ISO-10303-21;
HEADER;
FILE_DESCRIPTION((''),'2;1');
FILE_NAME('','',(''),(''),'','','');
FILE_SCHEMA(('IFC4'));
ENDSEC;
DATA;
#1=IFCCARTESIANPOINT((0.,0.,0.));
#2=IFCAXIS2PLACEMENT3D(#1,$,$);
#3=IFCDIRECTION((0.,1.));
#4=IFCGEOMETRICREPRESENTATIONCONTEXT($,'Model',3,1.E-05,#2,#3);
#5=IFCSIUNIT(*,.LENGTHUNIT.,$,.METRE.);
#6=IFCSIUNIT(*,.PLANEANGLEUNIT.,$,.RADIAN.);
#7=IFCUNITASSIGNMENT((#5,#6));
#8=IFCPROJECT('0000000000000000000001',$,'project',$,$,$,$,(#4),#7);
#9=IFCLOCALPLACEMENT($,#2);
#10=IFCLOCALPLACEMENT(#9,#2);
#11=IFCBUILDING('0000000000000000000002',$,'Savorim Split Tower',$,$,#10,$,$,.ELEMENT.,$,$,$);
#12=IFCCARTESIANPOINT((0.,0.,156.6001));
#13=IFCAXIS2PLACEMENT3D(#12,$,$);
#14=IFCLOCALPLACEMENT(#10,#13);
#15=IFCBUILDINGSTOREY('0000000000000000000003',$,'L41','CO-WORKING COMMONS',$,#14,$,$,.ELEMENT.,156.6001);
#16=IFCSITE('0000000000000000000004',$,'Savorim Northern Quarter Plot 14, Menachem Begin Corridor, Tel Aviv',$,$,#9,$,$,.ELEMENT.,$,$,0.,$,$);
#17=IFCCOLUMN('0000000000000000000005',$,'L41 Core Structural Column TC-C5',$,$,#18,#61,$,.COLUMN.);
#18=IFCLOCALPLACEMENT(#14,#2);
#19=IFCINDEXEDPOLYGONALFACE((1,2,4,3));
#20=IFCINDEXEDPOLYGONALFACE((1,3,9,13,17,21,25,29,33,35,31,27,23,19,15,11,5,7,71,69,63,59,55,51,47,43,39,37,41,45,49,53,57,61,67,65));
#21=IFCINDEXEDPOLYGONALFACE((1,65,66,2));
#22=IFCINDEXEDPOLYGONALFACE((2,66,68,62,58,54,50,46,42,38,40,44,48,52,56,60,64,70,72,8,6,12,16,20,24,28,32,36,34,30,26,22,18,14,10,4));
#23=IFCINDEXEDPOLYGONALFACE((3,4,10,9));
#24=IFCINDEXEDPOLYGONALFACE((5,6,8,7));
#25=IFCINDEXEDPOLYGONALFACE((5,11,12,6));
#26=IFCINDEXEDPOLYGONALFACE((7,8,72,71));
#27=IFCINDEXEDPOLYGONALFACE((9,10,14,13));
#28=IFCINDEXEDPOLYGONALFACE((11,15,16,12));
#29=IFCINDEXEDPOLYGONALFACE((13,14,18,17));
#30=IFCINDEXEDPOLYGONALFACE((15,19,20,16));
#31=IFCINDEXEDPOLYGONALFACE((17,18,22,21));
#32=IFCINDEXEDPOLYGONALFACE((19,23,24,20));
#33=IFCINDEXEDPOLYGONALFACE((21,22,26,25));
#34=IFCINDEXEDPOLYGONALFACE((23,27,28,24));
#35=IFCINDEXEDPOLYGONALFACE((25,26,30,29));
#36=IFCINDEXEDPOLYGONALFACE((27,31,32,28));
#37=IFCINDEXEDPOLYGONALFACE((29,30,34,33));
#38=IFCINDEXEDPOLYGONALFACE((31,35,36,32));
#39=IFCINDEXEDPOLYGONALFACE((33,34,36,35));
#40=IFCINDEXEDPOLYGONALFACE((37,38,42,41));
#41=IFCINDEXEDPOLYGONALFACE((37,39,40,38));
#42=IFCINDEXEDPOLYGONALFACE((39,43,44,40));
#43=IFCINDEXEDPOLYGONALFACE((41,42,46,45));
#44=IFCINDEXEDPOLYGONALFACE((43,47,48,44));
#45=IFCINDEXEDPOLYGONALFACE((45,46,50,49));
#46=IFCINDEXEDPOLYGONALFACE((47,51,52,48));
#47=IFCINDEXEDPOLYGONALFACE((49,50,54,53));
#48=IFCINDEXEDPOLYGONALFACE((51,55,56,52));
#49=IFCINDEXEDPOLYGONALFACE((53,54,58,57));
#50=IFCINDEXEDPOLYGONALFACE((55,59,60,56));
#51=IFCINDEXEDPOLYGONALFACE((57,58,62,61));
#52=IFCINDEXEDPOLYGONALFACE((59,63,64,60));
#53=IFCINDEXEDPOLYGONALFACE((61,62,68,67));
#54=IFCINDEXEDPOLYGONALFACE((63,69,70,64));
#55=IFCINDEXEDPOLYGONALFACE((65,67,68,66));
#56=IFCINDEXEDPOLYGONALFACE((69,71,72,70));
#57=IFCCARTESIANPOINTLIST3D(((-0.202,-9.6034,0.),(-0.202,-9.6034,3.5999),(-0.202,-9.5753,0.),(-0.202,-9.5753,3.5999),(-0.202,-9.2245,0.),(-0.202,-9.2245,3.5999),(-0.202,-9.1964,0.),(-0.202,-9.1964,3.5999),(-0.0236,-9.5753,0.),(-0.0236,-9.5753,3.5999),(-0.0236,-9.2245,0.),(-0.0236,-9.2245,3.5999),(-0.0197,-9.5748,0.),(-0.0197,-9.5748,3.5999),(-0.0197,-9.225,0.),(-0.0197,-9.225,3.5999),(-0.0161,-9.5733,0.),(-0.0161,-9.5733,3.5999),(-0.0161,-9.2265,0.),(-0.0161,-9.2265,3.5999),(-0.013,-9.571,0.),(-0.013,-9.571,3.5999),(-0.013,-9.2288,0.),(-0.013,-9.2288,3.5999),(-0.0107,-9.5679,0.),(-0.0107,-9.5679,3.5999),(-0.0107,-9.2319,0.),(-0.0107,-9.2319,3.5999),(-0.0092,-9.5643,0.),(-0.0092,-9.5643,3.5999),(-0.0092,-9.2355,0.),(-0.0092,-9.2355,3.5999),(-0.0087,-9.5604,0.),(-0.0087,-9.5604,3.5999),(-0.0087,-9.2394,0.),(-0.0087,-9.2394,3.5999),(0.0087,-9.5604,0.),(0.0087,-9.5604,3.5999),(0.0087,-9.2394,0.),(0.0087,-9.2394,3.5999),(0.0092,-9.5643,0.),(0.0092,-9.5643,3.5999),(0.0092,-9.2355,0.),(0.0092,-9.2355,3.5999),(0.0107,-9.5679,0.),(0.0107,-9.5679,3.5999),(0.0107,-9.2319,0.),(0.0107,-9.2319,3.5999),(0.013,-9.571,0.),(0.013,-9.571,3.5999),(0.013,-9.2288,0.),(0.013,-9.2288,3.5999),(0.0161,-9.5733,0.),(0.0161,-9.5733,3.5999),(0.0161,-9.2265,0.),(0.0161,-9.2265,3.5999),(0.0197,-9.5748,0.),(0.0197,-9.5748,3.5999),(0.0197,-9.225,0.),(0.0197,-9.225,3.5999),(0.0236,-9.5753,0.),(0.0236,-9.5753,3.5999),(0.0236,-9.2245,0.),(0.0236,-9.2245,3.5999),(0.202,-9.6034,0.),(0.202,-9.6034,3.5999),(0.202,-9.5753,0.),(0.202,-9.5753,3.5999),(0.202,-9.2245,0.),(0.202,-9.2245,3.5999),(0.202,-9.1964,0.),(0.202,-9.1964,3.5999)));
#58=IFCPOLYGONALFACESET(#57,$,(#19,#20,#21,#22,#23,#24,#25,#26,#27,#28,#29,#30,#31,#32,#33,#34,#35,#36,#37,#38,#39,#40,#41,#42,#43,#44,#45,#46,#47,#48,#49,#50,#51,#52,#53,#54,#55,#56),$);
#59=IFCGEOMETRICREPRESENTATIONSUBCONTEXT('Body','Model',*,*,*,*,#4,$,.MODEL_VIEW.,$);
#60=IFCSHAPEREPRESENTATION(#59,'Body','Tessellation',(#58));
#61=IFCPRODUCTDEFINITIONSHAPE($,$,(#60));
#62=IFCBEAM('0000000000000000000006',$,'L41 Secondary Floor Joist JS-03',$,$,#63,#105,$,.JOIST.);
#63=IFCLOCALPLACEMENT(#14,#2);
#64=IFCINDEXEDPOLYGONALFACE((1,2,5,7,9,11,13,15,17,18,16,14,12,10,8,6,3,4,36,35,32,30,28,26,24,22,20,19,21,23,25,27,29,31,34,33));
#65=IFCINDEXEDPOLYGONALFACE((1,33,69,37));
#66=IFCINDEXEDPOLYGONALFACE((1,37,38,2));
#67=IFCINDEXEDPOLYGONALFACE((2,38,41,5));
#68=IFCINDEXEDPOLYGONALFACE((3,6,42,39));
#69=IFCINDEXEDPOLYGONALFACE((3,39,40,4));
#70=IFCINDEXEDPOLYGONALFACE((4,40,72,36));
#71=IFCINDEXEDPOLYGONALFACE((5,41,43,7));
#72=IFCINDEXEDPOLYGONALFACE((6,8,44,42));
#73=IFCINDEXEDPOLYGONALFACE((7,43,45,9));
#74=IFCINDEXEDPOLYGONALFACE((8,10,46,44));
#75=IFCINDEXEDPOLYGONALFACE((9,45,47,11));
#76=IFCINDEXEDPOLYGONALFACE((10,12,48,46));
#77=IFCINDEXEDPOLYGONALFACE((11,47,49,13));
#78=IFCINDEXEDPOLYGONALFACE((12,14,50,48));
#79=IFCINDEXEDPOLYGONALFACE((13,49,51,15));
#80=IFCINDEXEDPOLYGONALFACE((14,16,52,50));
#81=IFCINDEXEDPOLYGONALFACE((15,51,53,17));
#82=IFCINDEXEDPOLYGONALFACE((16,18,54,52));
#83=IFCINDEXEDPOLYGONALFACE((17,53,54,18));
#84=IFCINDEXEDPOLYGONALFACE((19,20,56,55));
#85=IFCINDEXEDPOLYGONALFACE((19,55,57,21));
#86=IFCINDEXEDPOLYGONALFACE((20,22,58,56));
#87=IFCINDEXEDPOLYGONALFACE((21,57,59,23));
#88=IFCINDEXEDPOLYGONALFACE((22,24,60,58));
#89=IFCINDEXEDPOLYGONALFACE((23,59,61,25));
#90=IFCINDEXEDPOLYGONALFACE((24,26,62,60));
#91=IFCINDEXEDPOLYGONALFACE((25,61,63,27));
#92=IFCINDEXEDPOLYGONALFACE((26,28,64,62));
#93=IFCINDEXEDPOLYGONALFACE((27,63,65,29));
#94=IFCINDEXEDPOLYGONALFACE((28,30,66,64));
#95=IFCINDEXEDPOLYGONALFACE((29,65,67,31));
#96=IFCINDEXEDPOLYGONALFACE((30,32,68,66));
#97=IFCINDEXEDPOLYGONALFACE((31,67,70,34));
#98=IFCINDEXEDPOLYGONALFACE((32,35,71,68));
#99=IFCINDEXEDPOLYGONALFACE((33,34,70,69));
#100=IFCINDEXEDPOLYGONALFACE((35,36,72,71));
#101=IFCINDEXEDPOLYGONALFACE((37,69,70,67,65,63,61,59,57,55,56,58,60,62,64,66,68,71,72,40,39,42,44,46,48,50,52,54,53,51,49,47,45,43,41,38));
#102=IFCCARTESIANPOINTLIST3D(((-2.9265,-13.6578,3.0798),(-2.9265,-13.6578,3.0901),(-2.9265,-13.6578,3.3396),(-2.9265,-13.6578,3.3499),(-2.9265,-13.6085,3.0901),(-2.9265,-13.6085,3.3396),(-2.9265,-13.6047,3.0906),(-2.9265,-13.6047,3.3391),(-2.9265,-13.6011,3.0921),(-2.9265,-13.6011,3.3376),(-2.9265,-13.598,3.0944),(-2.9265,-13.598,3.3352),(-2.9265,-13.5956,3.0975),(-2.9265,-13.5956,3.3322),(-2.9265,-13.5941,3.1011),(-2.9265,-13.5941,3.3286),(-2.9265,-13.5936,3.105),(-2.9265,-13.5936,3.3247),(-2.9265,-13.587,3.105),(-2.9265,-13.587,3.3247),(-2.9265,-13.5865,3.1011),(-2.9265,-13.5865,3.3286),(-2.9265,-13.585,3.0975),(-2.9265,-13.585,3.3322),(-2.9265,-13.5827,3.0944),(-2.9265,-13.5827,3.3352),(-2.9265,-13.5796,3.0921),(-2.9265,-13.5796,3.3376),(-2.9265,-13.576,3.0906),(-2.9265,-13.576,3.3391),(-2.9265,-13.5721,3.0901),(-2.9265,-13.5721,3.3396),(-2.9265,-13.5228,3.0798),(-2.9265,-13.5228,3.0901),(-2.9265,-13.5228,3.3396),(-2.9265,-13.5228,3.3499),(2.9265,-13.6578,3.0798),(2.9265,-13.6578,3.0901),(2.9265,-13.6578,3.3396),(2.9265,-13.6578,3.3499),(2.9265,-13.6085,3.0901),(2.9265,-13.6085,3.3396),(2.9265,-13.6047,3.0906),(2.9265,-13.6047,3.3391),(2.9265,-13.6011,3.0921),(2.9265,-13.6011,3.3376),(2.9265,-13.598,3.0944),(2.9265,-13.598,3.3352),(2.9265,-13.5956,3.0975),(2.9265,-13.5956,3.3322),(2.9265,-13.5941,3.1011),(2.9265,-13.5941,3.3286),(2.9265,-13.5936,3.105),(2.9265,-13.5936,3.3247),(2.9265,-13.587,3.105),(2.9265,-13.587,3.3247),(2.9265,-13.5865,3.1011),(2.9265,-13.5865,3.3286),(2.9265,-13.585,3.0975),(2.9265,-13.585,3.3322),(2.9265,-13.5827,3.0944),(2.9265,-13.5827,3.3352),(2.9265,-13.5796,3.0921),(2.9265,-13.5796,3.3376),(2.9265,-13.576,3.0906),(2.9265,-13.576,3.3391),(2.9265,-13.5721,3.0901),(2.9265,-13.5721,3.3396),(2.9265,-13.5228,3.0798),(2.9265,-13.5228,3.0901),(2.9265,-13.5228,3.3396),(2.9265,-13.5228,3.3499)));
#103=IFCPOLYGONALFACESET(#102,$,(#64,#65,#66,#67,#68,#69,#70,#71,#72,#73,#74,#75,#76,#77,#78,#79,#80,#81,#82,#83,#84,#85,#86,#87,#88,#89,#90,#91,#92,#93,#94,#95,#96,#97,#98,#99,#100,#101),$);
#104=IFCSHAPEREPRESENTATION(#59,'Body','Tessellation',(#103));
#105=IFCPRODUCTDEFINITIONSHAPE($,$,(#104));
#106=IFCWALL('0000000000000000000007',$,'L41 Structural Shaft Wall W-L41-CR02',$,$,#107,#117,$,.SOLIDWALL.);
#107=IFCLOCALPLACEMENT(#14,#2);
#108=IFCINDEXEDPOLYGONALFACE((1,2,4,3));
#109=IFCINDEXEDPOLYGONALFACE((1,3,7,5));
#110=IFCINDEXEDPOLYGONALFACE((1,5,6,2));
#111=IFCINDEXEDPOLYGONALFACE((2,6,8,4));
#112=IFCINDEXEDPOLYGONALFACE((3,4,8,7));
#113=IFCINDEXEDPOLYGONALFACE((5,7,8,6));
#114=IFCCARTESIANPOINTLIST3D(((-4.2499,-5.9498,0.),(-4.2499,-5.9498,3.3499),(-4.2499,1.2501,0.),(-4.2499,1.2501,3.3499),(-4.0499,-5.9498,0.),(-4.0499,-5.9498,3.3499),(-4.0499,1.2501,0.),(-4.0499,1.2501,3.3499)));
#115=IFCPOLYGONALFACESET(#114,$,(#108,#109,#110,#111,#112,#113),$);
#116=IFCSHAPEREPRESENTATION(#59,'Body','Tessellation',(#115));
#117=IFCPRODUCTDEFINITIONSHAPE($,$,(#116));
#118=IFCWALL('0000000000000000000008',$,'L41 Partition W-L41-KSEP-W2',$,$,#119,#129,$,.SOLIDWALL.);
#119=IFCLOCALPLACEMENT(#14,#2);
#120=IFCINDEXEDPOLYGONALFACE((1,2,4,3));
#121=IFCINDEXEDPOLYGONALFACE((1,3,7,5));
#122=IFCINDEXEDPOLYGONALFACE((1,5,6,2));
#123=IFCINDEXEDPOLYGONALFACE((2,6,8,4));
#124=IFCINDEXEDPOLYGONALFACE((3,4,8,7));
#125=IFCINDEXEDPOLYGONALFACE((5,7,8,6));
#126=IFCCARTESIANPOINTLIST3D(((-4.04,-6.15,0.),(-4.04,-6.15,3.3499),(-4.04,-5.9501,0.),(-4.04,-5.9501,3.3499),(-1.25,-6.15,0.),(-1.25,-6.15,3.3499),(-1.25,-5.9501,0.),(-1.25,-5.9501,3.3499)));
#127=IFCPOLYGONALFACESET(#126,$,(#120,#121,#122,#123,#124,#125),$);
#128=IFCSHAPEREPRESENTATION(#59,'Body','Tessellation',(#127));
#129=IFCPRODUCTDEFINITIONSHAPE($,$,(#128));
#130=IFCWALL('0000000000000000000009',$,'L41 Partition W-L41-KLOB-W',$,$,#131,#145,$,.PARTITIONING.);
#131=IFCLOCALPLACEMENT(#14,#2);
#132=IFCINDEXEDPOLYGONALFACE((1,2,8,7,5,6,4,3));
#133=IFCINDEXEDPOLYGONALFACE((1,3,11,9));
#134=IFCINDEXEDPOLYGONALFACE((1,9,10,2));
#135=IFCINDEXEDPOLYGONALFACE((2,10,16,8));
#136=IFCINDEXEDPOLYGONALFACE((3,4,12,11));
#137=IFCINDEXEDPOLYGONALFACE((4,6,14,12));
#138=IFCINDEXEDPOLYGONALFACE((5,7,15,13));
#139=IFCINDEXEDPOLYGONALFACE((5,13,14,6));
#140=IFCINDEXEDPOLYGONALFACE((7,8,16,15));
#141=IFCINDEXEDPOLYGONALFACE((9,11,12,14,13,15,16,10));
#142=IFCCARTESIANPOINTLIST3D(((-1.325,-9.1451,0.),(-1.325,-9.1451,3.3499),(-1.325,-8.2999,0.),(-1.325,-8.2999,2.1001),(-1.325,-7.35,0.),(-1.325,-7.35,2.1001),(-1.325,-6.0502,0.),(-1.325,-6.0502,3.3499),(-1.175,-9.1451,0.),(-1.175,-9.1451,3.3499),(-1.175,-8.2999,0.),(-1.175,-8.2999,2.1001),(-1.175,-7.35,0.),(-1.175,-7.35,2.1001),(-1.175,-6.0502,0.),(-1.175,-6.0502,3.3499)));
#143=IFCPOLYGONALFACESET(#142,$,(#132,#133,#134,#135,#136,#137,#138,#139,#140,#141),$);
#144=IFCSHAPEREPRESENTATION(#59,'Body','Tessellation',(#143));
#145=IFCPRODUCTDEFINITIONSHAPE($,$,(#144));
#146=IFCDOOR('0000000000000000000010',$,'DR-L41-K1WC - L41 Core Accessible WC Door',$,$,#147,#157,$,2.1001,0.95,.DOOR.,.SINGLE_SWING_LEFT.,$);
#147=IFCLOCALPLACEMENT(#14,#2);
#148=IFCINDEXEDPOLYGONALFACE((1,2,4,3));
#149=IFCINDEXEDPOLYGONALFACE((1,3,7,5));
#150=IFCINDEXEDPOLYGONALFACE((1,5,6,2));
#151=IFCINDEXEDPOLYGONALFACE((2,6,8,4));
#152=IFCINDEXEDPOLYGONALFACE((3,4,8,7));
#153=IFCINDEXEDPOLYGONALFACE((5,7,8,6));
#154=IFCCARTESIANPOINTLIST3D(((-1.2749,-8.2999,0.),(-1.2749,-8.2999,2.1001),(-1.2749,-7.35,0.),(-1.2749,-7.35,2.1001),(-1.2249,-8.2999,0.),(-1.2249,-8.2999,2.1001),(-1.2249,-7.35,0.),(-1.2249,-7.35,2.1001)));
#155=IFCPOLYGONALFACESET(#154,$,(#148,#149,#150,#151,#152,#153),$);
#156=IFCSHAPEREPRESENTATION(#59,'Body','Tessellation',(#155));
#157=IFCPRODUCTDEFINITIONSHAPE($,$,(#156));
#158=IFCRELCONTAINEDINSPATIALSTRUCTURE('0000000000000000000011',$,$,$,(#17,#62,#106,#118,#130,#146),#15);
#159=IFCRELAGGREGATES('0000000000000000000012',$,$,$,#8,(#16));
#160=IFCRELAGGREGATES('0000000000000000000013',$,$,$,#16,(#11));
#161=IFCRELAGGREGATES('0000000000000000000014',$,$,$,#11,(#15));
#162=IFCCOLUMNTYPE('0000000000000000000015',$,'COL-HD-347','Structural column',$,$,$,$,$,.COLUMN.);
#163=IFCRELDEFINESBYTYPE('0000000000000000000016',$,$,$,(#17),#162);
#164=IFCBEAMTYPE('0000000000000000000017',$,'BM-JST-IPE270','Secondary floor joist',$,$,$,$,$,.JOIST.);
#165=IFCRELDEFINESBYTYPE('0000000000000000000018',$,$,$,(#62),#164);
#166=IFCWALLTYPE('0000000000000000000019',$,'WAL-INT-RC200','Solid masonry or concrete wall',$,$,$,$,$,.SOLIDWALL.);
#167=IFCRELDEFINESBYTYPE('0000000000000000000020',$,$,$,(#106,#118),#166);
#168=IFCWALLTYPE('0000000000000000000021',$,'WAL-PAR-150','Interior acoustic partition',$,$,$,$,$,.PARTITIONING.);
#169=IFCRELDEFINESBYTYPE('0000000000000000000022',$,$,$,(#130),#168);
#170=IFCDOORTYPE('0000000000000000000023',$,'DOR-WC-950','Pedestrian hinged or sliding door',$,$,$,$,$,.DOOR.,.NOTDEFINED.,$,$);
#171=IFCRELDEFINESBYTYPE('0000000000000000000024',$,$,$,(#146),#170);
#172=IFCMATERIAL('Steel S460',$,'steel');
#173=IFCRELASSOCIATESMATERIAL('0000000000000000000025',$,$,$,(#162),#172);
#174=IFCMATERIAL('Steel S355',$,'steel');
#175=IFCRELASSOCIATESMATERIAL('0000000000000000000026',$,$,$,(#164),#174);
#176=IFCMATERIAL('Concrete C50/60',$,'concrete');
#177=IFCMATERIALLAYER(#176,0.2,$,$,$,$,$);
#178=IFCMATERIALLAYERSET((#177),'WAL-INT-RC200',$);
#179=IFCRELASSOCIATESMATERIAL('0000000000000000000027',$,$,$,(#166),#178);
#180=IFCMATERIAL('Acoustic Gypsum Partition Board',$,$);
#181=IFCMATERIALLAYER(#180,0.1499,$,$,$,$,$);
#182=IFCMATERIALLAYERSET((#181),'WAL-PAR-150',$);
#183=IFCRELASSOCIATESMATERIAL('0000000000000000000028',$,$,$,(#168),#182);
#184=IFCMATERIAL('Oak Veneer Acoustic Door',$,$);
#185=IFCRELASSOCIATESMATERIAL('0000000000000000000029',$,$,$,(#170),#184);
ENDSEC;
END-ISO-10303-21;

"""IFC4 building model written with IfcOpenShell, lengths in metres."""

from ifc_helpers import new_model, si_unit, direction, frame, frame_2d, origin, origin_2d, place, context, subcontext, project, spatial, rectangle, i_section, extrude, material, layer, layer_set, material_profile, profile_set, type_object, element, fill, save


model = new_model("IFC4")

# Units and contexts
model_context = context("Model", 3, precision=1e-05, world=origin(), true_north=direction((0.0, 1.0)))
body_context = subcontext(model_context, "Body", "Model", "MODEL_VIEW")
ifc_project = project(units=[si_unit("LENGTHUNIT", "METRE"), si_unit("PLANEANGLEUNIT", "RADIAN")], contexts=[model_context])

# Site, building, storey
site_placement = place(None, origin())
site = spatial("IfcSite", under=ifc_project, at=site_placement, Name="Savorim Northern Quarter Plot 14, Menachem Begin Corridor, Tel Aviv", CompositionType="ELEMENT", RefElevation=0.0)
building_placement = place(site_placement, origin())
building = spatial("IfcBuilding", under=site, at=building_placement, Name="Savorim Split Tower", CompositionType="ELEMENT")
storey_placement = place(building_placement, frame((0.0, 0.0, 156.6001)))
storey = spatial("IfcBuildingStorey", under=building, at=storey_placement, Name="L41", Description="CO-WORKING COMMONS", CompositionType="ELEMENT", Elevation=156.6001)

# Column
ifc_material_1 = material(Name="Steel S460", Category="steel")
ifc_material_profile_1 = material_profile(ifc_material_1, i_section(OverallWidth=0.4041, OverallDepth=0.407, WebThickness=0.0173, FlangeThickness=0.0281, FilletRadius=0.0149, at=origin_2d()), Name="HD 400x347")
ifc_profile_set_1 = profile_set([ifc_material_profile_1], Name="Steel S460")
column_type = type_object("IfcColumnType", Name="COL-HD-347", Description="Structural column", PredefinedType="COLUMN", material=ifc_profile_set_1)
column_placement = place(storey_placement, frame((0.0, -9.3999, 0.0), z_axis=(0.0, 0.0, 1.0), x_axis=(1.0, 0.0, 0.0)))
element("IfcColumn", 1, at=column_placement, inside=storey, type_object=column_type, Name="L41 Core Structural Column TC-C5", PredefinedType="COLUMN", context=body_context, shape_type="SweptSolid", body=[
    extrude(i_section(OverallWidth=0.4041, OverallDepth=0.407, WebThickness=0.0173, FlangeThickness=0.0281, FilletRadius=0.0149, at=origin_2d()), origin(), (0.0, 0.0, 1.0), 3.5999),
])

# Beam
ifc_material_2 = material(Name="Steel S355", Category="steel")
ifc_material_profile_2 = material_profile(ifc_material_2, i_section(OverallWidth=0.135, OverallDepth=0.27, WebThickness=0.0066, FlangeThickness=0.0103, FilletRadius=0.0149, at=origin_2d()), Name="IPE 270")
ifc_profile_set_2 = profile_set([ifc_material_profile_2], Name="Steel S355")
beam_type = type_object("IfcBeamType", Name="BM-JST-IPE270", Description="Secondary floor joist", PredefinedType="JOIST", material=ifc_profile_set_2)
beam_placement = place(storey_placement, frame((-2.9265, -13.5903, 3.2148), z_axis=(1.0, 0.0, 0.0), x_axis=(0.0, 1.0, 0.0)))
element("IfcBeam", 2, at=beam_placement, inside=storey, type_object=beam_type, Name="L41 Secondary Floor Joist JS-03", PredefinedType="JOIST", context=body_context, shape_type="SweptSolid", body=[
    extrude(i_section(OverallWidth=0.135, OverallDepth=0.27, WebThickness=0.0066, FlangeThickness=0.0103, FilletRadius=0.0149, at=origin_2d()), origin(), (0.0, 0.0, 1.0), 5.853),
])

# Wall
ifc_material_3 = material(Name="Concrete C50/60", Category="concrete")
ifc_layer_1 = layer(ifc_material_3, 0.2)
ifc_layer_set_1 = layer_set([ifc_layer_1], Name="WAL-INT-RC200")
wall_type_1 = type_object("IfcWallType", Name="WAL-INT-RC200", Description="Solid masonry or concrete wall", PredefinedType="SOLIDWALL", material=ifc_layer_set_1)
wall_1_placement = place(storey_placement, frame((-4.1499, -5.95, 0.0), z_axis=(0.0, 0.0, 1.0), x_axis=(0.0, 1.0, 0.0)))
element("IfcWall", 3, at=wall_1_placement, inside=storey, type_object=wall_type_1, Name="L41 Structural Shaft Wall W-L41-CR02", PredefinedType="SOLIDWALL", context=body_context, shape_type="SweptSolid", body=[
    extrude(rectangle(XDim=7.2, YDim=0.2, at=frame_2d((3.6001, 0.0))), origin(), (0.0, 0.0, 1.0), 3.3499),
])

# Wall
wall_2_placement = place(storey_placement, frame((-4.04, -6.05, 0.0), z_axis=(0.0, 0.0, 1.0), x_axis=(1.0, 0.0, 0.0)))
element("IfcWall", 4, at=wall_2_placement, inside=storey, type_object=wall_type_1, Name="L41 Partition W-L41-KSEP-W2", PredefinedType="SOLIDWALL", context=body_context, shape_type="SweptSolid", body=[
    extrude(rectangle(XDim=2.79, YDim=0.2, at=frame_2d((1.395, 0.0))), origin(), (0.0, 0.0, 1.0), 3.3499),
])

# Wall, opening, door
ifc_material_4 = material(Name="Acoustic Gypsum Partition Board")
ifc_layer_2 = layer(ifc_material_4, 0.1499)
ifc_layer_set_2 = layer_set([ifc_layer_2], Name="WAL-PAR-150")
wall_type_2 = type_object("IfcWallType", Name="WAL-PAR-150", Description="Interior acoustic partition", PredefinedType="PARTITIONING", material=ifc_layer_set_2)
wall_3_placement = place(storey_placement, frame((-1.25, -9.145, 0.0), z_axis=(0.0, 0.0, 1.0), x_axis=(0.0, 1.0, 0.0)))
wall_3 = element("IfcWall", 5, at=wall_3_placement, inside=storey, type_object=wall_type_2, Name="L41 Partition W-L41-KLOB-W", PredefinedType="PARTITIONING", context=body_context, shape_type="SweptSolid", body=[
    extrude(rectangle(XDim=3.095, YDim=0.1499, at=frame_2d((1.5474, 0.0))), origin(), (0.0, 0.0, 1.0), 3.3499),
])
opening_1_placement = place(wall_3_placement, frame((0.845, 0.0, 0.0)))
opening_1 = element("IfcOpeningElement", 6, at=opening_1_placement, cuts=wall_3, PredefinedType="OPENING", context=body_context, shape_type="SweptSolid", body=[
    extrude(rectangle(XDim=0.95, YDim=2.1001, at=frame_2d((0.4751, 1.05))), frame((0.0, 0.085, 0.0), z_axis=(0.0, -1.0, 0.0), x_axis=(1.0, 0.0, 0.0)), (0.0, 0.0, 1.0), 0.1699),
])
ifc_material_5 = material(Name="Oak Veneer Acoustic Door")
door_type_1 = type_object("IfcDoorType", Name="DOR-WC-950", Description="Pedestrian hinged or sliding door", OperationType="NOTDEFINED", PredefinedType="DOOR", material=ifc_material_5)
door_1_placement = place(opening_1_placement, origin())
door_1 = element("IfcDoor", 7, at=door_1_placement, inside=storey, type_object=door_type_1, Name="DR-L41-K1WC - L41 Core Accessible WC Door", OperationType="SINGLE_SWING_LEFT", OverallHeight=2.1001, OverallWidth=0.95, PredefinedType="DOOR", context=body_context, shape_type="SweptSolid", body=[
    extrude(rectangle(XDim=0.95, YDim=2.1001, at=frame_2d((0.4751, 1.05))), frame((0.0, 0.0249, 0.0), z_axis=(0.0, -1.0, 0.0), x_axis=(1.0, 0.0, 0.0)), (0.0, 0.0, 1.0), 0.05),
])
fill(opening_1, door_1)

save(model, "model.ifc")
